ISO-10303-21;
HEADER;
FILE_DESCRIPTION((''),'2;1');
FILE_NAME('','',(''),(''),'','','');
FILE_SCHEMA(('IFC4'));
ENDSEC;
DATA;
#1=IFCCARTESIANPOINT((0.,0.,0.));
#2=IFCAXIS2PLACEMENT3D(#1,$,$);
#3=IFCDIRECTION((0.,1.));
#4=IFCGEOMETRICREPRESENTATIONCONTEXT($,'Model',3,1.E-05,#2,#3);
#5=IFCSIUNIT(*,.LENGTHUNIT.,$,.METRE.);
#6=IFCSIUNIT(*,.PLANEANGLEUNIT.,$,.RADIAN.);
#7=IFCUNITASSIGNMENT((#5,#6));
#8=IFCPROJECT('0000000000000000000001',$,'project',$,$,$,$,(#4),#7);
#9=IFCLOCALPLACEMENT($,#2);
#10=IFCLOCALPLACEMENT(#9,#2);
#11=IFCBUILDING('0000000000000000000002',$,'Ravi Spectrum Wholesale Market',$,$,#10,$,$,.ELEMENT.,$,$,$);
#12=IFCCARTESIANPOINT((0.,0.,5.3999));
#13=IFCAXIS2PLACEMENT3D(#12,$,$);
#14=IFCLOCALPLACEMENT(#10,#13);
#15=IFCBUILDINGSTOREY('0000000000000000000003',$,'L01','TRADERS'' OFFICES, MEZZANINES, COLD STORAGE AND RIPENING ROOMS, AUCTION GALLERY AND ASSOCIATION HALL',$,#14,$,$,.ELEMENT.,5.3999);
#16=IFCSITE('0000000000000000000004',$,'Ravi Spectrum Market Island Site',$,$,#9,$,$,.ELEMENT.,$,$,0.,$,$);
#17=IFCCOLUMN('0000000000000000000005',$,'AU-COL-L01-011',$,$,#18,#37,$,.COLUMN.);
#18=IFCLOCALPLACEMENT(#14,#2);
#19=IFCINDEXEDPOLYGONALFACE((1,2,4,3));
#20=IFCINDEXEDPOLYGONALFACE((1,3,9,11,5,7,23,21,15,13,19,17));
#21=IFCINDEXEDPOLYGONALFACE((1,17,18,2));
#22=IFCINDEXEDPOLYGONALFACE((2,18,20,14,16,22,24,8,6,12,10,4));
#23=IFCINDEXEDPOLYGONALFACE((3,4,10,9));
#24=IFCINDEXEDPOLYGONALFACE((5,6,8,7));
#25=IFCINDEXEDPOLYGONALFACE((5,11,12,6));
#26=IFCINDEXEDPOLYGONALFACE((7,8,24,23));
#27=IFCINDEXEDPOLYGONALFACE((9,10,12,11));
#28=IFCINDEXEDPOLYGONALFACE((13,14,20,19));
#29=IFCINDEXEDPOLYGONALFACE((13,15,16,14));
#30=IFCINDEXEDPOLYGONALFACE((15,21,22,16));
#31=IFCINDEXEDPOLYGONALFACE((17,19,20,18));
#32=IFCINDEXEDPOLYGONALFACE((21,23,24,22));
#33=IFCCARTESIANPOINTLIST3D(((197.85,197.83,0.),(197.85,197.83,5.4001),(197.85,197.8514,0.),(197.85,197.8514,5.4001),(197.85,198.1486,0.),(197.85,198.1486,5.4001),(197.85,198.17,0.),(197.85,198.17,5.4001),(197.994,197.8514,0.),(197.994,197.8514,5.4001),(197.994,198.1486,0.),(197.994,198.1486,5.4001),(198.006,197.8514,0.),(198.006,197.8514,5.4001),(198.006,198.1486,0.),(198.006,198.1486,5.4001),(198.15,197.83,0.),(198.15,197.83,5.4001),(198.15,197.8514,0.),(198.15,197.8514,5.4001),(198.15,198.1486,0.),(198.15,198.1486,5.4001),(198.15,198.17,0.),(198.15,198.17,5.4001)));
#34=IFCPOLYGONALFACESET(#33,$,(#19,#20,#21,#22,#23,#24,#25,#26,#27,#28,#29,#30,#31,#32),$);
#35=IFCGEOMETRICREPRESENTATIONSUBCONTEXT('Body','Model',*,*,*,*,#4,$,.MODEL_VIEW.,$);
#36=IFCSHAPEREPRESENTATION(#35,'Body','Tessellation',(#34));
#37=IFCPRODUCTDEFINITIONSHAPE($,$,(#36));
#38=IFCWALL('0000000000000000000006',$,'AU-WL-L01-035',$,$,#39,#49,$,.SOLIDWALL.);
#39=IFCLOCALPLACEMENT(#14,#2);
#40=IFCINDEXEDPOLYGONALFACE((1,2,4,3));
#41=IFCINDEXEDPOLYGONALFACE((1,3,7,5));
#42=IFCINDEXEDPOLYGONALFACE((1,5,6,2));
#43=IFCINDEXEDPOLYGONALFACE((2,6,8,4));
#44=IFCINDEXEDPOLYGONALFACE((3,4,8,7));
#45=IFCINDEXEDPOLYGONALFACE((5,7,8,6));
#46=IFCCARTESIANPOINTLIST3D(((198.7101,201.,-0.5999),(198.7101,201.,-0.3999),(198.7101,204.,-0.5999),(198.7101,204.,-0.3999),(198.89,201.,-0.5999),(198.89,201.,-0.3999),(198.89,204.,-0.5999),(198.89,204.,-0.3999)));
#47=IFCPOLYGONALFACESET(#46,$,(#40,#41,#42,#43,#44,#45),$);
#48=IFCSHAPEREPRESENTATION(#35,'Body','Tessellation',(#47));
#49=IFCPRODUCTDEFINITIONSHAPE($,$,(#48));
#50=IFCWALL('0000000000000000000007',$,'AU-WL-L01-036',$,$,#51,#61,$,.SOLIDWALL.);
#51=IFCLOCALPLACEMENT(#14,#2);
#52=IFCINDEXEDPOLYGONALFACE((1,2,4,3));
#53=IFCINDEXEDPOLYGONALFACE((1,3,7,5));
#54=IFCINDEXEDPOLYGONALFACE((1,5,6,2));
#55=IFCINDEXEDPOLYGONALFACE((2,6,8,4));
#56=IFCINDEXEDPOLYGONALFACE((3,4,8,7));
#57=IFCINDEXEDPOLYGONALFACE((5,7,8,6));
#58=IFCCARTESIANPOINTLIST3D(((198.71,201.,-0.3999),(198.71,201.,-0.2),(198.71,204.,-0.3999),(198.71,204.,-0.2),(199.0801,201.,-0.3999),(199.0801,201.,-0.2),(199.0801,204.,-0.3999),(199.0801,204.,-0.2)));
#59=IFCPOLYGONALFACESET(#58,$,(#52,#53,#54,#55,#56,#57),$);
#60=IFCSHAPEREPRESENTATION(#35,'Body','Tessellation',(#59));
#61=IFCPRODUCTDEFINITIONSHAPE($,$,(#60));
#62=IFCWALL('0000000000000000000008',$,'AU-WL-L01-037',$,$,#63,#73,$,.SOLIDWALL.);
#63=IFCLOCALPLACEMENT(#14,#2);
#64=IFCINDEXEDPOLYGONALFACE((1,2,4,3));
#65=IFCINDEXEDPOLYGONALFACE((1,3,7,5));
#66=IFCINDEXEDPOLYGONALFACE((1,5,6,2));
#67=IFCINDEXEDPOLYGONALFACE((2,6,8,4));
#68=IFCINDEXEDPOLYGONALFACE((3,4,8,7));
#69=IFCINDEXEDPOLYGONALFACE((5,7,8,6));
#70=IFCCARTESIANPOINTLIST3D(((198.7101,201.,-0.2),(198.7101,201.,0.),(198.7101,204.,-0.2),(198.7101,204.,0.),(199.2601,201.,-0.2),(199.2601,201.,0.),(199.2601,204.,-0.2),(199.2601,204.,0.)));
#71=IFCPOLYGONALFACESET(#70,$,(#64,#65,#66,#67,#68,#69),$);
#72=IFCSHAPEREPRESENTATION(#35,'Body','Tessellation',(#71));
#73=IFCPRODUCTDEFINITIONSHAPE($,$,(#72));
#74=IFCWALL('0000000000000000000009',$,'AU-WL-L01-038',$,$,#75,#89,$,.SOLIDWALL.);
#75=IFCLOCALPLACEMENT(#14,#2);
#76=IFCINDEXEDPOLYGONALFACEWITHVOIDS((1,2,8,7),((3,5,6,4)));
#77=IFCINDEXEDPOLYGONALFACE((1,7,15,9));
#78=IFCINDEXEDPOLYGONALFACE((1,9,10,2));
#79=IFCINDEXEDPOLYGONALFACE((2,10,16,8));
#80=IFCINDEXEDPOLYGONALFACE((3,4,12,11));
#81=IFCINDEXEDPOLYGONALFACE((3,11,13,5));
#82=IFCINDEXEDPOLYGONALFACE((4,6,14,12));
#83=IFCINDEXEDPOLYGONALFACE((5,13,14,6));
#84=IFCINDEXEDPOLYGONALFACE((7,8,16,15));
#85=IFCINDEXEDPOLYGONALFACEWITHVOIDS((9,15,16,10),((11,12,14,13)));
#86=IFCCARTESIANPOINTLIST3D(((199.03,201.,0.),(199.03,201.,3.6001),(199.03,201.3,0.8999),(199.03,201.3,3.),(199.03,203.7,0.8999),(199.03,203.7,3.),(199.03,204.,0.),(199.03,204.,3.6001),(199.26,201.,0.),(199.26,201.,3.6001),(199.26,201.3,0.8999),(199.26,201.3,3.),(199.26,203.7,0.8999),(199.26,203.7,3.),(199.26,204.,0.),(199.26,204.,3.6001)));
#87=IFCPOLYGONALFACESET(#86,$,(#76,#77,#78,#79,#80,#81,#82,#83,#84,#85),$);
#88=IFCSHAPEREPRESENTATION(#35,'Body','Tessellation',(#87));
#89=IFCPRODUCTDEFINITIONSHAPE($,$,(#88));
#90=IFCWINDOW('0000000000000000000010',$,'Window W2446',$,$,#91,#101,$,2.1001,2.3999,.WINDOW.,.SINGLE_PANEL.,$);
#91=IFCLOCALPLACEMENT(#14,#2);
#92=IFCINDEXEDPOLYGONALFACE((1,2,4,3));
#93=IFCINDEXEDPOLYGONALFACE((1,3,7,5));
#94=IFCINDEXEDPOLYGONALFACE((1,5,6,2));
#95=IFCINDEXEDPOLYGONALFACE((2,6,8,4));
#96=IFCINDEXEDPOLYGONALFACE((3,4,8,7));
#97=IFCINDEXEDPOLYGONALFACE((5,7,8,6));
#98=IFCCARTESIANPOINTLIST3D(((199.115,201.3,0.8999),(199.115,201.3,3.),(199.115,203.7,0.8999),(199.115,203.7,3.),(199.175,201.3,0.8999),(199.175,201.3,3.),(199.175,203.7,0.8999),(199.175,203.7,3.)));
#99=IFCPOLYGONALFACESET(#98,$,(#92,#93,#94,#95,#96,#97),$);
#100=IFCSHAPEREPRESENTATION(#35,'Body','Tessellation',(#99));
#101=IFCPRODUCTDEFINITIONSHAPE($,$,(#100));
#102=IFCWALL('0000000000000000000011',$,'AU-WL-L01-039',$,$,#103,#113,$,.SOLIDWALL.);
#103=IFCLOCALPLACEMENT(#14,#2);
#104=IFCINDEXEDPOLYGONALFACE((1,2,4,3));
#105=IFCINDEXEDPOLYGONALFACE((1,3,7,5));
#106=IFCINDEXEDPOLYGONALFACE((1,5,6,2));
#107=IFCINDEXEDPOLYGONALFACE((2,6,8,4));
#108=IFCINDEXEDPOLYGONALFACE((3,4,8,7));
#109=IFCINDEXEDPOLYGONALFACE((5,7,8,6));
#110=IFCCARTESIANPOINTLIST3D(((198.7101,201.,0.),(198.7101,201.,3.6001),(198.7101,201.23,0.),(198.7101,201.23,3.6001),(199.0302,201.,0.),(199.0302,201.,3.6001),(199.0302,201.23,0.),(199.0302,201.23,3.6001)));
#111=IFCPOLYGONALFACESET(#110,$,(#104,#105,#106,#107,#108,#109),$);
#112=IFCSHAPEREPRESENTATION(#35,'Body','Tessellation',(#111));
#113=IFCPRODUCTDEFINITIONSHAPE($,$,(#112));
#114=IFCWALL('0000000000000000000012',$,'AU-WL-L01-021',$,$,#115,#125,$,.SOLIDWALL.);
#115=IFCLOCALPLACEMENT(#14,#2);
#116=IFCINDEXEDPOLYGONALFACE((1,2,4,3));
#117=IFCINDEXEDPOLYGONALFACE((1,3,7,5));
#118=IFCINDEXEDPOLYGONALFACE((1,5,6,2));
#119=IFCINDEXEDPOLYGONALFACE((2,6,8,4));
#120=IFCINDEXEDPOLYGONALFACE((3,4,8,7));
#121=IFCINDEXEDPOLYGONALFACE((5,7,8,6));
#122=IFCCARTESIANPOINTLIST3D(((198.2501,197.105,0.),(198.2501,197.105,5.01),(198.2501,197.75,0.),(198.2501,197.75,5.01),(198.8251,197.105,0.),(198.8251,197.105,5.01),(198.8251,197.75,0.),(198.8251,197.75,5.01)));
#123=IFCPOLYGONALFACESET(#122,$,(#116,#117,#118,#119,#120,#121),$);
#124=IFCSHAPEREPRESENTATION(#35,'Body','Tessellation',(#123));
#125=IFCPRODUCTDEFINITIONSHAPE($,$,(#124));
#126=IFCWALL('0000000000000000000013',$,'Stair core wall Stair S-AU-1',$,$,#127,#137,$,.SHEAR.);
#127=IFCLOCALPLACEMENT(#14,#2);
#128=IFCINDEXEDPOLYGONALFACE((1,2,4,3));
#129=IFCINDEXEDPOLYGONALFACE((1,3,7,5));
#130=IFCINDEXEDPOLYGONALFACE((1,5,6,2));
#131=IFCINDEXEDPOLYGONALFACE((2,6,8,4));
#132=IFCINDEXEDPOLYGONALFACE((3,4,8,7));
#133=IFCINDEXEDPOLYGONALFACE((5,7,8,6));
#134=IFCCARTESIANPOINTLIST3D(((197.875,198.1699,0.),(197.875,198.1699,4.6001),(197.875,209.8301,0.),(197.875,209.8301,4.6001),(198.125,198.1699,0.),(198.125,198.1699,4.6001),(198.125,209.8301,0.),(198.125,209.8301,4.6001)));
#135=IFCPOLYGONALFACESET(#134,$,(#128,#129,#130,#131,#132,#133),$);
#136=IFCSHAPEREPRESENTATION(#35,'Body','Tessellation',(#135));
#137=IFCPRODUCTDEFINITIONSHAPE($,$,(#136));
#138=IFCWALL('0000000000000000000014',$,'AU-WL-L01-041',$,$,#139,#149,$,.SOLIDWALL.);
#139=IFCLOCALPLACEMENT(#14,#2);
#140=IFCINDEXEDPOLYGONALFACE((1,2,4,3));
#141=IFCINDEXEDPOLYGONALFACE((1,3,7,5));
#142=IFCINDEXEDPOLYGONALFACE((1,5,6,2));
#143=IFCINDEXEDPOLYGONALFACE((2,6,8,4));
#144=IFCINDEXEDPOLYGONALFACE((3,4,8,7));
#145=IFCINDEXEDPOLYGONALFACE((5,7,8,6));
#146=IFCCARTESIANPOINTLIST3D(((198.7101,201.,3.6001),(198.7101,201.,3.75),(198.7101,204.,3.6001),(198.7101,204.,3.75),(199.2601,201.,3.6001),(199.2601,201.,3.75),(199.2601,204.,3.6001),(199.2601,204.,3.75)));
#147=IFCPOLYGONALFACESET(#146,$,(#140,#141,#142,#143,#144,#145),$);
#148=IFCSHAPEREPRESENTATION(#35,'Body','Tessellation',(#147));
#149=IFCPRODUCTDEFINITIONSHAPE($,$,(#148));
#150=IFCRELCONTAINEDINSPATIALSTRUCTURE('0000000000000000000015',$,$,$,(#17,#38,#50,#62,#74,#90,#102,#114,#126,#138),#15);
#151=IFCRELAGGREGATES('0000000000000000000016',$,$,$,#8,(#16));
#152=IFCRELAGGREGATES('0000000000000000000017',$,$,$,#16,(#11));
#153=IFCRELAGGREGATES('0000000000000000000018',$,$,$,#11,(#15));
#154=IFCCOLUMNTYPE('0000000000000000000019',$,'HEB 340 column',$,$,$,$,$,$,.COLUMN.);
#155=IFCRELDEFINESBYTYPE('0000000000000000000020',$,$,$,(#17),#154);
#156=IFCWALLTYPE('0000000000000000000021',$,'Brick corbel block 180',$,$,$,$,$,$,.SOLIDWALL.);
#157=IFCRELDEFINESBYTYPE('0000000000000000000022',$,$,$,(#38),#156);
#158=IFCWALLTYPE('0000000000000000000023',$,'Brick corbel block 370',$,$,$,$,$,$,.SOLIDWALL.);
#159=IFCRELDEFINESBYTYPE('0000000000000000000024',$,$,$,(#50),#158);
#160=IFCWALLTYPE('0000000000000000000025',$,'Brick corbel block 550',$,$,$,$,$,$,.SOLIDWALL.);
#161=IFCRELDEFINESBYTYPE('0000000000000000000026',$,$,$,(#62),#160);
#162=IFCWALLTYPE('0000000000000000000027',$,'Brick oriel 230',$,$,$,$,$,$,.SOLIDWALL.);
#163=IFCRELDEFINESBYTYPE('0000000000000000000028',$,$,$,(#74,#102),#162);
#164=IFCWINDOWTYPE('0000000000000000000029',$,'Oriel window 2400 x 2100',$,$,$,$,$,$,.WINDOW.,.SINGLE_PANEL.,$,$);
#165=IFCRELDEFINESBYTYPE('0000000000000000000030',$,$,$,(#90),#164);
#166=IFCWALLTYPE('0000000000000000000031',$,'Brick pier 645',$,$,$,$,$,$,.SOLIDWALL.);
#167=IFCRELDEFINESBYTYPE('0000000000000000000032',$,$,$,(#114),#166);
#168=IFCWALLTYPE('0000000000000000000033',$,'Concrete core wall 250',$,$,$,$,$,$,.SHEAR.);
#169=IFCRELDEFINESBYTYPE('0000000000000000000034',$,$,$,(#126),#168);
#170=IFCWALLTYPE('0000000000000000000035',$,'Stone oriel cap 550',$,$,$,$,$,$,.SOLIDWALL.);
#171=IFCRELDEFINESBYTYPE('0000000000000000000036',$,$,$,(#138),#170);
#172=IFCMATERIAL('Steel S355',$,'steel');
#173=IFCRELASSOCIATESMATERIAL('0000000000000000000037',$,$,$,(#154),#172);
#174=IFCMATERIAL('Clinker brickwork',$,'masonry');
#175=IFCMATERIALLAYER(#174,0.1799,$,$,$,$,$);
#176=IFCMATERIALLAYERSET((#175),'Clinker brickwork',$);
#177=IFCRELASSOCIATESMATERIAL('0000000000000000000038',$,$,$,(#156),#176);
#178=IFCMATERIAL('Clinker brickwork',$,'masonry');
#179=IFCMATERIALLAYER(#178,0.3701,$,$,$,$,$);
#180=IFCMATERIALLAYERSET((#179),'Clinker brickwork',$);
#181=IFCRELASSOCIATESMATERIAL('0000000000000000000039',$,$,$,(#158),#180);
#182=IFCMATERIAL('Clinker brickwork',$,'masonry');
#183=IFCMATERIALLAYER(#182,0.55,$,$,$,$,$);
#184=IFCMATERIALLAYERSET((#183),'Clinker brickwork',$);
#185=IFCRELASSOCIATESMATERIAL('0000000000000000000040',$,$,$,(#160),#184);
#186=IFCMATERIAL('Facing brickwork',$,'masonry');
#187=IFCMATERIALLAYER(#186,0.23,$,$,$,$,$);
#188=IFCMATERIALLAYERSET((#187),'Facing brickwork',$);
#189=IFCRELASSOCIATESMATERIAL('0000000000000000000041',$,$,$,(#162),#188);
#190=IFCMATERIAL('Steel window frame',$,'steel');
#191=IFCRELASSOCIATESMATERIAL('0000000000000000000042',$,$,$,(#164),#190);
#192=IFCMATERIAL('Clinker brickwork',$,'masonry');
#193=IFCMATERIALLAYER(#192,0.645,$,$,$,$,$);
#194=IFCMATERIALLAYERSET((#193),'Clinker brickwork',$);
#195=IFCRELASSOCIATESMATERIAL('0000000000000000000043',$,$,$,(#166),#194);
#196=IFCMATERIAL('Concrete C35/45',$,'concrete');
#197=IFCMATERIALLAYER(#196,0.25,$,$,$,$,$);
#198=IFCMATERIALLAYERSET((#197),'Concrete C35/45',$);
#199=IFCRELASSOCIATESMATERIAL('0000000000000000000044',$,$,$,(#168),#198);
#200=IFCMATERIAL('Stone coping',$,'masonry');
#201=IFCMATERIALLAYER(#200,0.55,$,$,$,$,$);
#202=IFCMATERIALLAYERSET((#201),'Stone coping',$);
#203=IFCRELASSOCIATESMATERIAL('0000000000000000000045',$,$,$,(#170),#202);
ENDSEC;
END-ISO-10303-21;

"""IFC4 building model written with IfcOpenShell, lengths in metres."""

from ifc_helpers import new_model, si_unit, direction, frame, frame_2d, origin, origin_2d, place, context, subcontext, project, spatial, rectangle, i_section, extrude, material, layer, layer_set, material_profile, profile_set, type_object, element, fill, save


model = new_model("IFC4")

# Units and contexts
model_context = context("Model", 3, precision=1e-05, world=origin(), true_north=direction((0.0, 1.0)))
body_context = subcontext(model_context, "Body", "Model", "MODEL_VIEW")
ifc_project = project(units=[si_unit("LENGTHUNIT", "METRE"), si_unit("PLANEANGLEUNIT", "RADIAN")], contexts=[model_context])

# Site, building, storey
site_placement = place(None, origin())
site = spatial("IfcSite", under=ifc_project, at=site_placement, Name="Ravi Spectrum Market Island Site", CompositionType="ELEMENT", RefElevation=0.0)
building_placement = place(site_placement, origin())
building = spatial("IfcBuilding", under=site, at=building_placement, Name="Ravi Spectrum Wholesale Market", CompositionType="ELEMENT")
storey_placement = place(building_placement, frame((0.0, 0.0, 5.3999)))
storey = spatial("IfcBuildingStorey", under=building, at=storey_placement, Name="L01", Description="TRADERS' OFFICES, MEZZANINES, COLD STORAGE AND RIPENING ROOMS, AUCTION GALLERY AND ASSOCIATION HALL", CompositionType="ELEMENT", Elevation=5.3999)

# Column
ifc_material_1 = material(Name="Steel S355", Category="steel")
ifc_material_profile = material_profile(ifc_material_1, i_section(OverallWidth=0.3, OverallDepth=0.3401, WebThickness=0.012, FlangeThickness=0.0215, at=origin_2d()))
ifc_profile_set = profile_set([ifc_material_profile], Name="Steel S355")
column_type = type_object("IfcColumnType", Name="HEB 340 column", PredefinedType="COLUMN", material=ifc_profile_set)
column_placement = place(storey_placement, frame((198.0, 198.0, 0.0), z_axis=(0.0, 0.0, 1.0), x_axis=(1.0, 0.0, 0.0)))
element("IfcColumn", 1, at=column_placement, inside=storey, type_object=column_type, Name="AU-COL-L01-011", PredefinedType="COLUMN", context=body_context, shape_type="SweptSolid", body=[
    extrude(i_section(OverallWidth=0.3, OverallDepth=0.3401, WebThickness=0.012, FlangeThickness=0.0215, at=origin_2d()), origin(), (0.0, 0.0, 1.0), 5.4001),
])

# Walls
ifc_material_2 = material(Name="Clinker brickwork", Category="masonry")
ifc_layer_1 = layer(ifc_material_2, 0.1799)
ifc_layer_set_1 = layer_set([ifc_layer_1], Name="Clinker brickwork")
wall_type_1 = type_object("IfcWallType", Name="Brick corbel block 180", PredefinedType="SOLIDWALL", material=ifc_layer_set_1)
wall_1_placement = place(storey_placement, frame((198.8, 201.0, -0.5999), z_axis=(0.0, 0.0, 1.0), x_axis=(0.0, 1.0, 0.0)))
element("IfcWall", 2, at=wall_1_placement, inside=storey, type_object=wall_type_1, Name="AU-WL-L01-035", PredefinedType="SOLIDWALL", context=body_context, shape_type="SweptSolid", body=[
    extrude(rectangle(XDim=3.0, YDim=0.1799, at=frame_2d((1.5, 0.0))), origin(), (0.0, 0.0, 1.0), 0.2),
])
ifc_material_3 = material(Name="Clinker brickwork", Category="masonry")
ifc_layer_2 = layer(ifc_material_3, 0.3701)
ifc_layer_set_2 = layer_set([ifc_layer_2], Name="Clinker brickwork")
wall_type_2 = type_object("IfcWallType", Name="Brick corbel block 370", PredefinedType="SOLIDWALL", material=ifc_layer_set_2)
wall_2_placement = place(storey_placement, frame((198.895, 201.0, -0.3999), z_axis=(0.0, 0.0, 1.0), x_axis=(0.0, 1.0, 0.0)))
element("IfcWall", 3, at=wall_2_placement, inside=storey, type_object=wall_type_2, Name="AU-WL-L01-036", PredefinedType="SOLIDWALL", context=body_context, shape_type="SweptSolid", body=[
    extrude(rectangle(XDim=3.0, YDim=0.3701, at=frame_2d((1.5, 0.0))), origin(), (0.0, 0.0, 1.0), 0.2),
])
ifc_material_4 = material(Name="Clinker brickwork", Category="masonry")
ifc_layer_3 = layer(ifc_material_4, 0.55)
ifc_layer_set_3 = layer_set([ifc_layer_3], Name="Clinker brickwork")
wall_type_3 = type_object("IfcWallType", Name="Brick corbel block 550", PredefinedType="SOLIDWALL", material=ifc_layer_set_3)
wall_3_placement = place(storey_placement, frame((198.9851, 201.0, -0.2), z_axis=(0.0, 0.0, 1.0), x_axis=(0.0, 1.0, 0.0)))
element("IfcWall", 4, at=wall_3_placement, inside=storey, type_object=wall_type_3, Name="AU-WL-L01-037", PredefinedType="SOLIDWALL", context=body_context, shape_type="SweptSolid", body=[
    extrude(rectangle(XDim=3.0, YDim=0.55, at=frame_2d((1.5, 0.0))), origin(), (0.0, 0.0, 1.0), 0.2),
])

# Wall, opening, window
ifc_material_5 = material(Name="Facing brickwork", Category="masonry")
ifc_layer_4 = layer(ifc_material_5, 0.23)
ifc_layer_set_4 = layer_set([ifc_layer_4], Name="Facing brickwork")
wall_type_4 = type_object("IfcWallType", Name="Brick oriel 230", PredefinedType="SOLIDWALL", material=ifc_layer_set_4)
wall_4_placement = place(storey_placement, frame((199.145, 201.0, 0.0), z_axis=(0.0, 0.0, 1.0), x_axis=(0.0, 1.0, 0.0)))
wall_4 = element("IfcWall", 5, at=wall_4_placement, inside=storey, type_object=wall_type_4, Name="AU-WL-L01-038", PredefinedType="SOLIDWALL", context=body_context, shape_type="SweptSolid", body=[
    extrude(rectangle(XDim=3.0, YDim=0.23, at=frame_2d((1.5, 0.0))), origin(), (0.0, 0.0, 1.0), 3.6001),
])
opening_1_placement = place(wall_4_placement, frame((0.3, 0.0, 0.8999)))
opening_1 = element("IfcOpeningElement", 6, at=opening_1_placement, cuts=wall_4, PredefinedType="OPENING", context=body_context, shape_type="SweptSolid", body=[
    extrude(rectangle(XDim=2.3999, YDim=2.1001, at=frame_2d((1.2, 1.05))), frame((0.0, 0.125, 0.0), z_axis=(0.0, -1.0, 0.0), x_axis=(1.0, 0.0, 0.0)), (0.0, 0.0, 1.0), 0.25),
])
ifc_material_6 = material(Name="Steel window frame", Category="steel")
window_type_1 = type_object("IfcWindowType", Name="Oriel window 2400 x 2100", PartitioningType="SINGLE_PANEL", PredefinedType="WINDOW", material=ifc_material_6)
window_1_placement = place(opening_1_placement, origin())
window_1 = element("IfcWindow", 7, at=window_1_placement, inside=storey, type_object=window_type_1, Name="Window W2446", OverallHeight=2.1001, OverallWidth=2.3999, PartitioningType="SINGLE_PANEL", PredefinedType="WINDOW", context=body_context, shape_type="SweptSolid", body=[
    extrude(rectangle(XDim=2.3999, YDim=2.1001, at=frame_2d((1.2, 1.05))), frame((0.0, 0.03, 0.0), z_axis=(0.0, -1.0, 0.0), x_axis=(1.0, 0.0, 0.0)), (0.0, 0.0, 1.0), 0.0601),
])
fill(opening_1, window_1)

# Walls
wall_5_placement = place(storey_placement, frame((198.71, 201.115, 0.0), z_axis=(0.0, 0.0, 1.0), x_axis=(1.0, 0.0, 0.0)))
element("IfcWall", 8, at=wall_5_placement, inside=storey, type_object=wall_type_4, Name="AU-WL-L01-039", PredefinedType="SOLIDWALL", context=body_context, shape_type="SweptSolid", body=[
    extrude(rectangle(XDim=0.3201, YDim=0.23, at=frame_2d((0.1602, 0.0))), origin(), (0.0, 0.0, 1.0), 3.6001),
])
ifc_material_7 = material(Name="Clinker brickwork", Category="masonry")
ifc_layer_5 = layer(ifc_material_7, 0.645)
ifc_layer_set_5 = layer_set([ifc_layer_5], Name="Clinker brickwork")
wall_type_5 = type_object("IfcWallType", Name="Brick pier 645", PredefinedType="SOLIDWALL", material=ifc_layer_set_5)
wall_6_placement = place(storey_placement, frame((198.25, 197.4275, 0.0), z_axis=(0.0, 0.0, 1.0), x_axis=(1.0, 0.0, 0.0)))
element("IfcWall", 9, at=wall_6_placement, inside=storey, type_object=wall_type_5, Name="AU-WL-L01-021", PredefinedType="SOLIDWALL", context=body_context, shape_type="SweptSolid", body=[
    extrude(rectangle(XDim=0.575, YDim=0.645, at=frame_2d((0.2876, 0.0))), origin(), (0.0, 0.0, 1.0), 5.01),
])
ifc_material_8 = material(Name="Concrete C35/45", Category="concrete")
ifc_layer_6 = layer(ifc_material_8, 0.25)
ifc_layer_set_6 = layer_set([ifc_layer_6], Name="Concrete C35/45")
wall_type_6 = type_object("IfcWallType", Name="Concrete core wall 250", PredefinedType="SHEAR", material=ifc_layer_set_6)
wall_7_placement = place(storey_placement, frame((198.0, 198.1699, 0.0), z_axis=(0.0, 0.0, 1.0), x_axis=(0.0, 1.0, 0.0)))
element("IfcWall", 10, at=wall_7_placement, inside=storey, type_object=wall_type_6, Name="Stair core wall Stair S-AU-1", PredefinedType="SHEAR", context=body_context, shape_type="SweptSolid", body=[
    extrude(rectangle(XDim=11.6602, YDim=0.25, at=frame_2d((5.8301, 0.0))), origin(), (0.0, 0.0, 1.0), 4.6001),
])
ifc_material_9 = material(Name="Stone coping", Category="masonry")
ifc_layer_7 = layer(ifc_material_9, 0.55)
ifc_layer_set_7 = layer_set([ifc_layer_7], Name="Stone coping")
wall_type_7 = type_object("IfcWallType", Name="Stone oriel cap 550", PredefinedType="SOLIDWALL", material=ifc_layer_set_7)
wall_8_placement = place(storey_placement, frame((198.9851, 201.0, 3.6001), z_axis=(0.0, 0.0, 1.0), x_axis=(0.0, 1.0, 0.0)))
element("IfcWall", 11, at=wall_8_placement, inside=storey, type_object=wall_type_7, Name="AU-WL-L01-041", PredefinedType="SOLIDWALL", context=body_context, shape_type="SweptSolid", body=[
    extrude(rectangle(XDim=3.0, YDim=0.55, at=frame_2d((1.5, 0.0))), origin(), (0.0, 0.0, 1.0), 0.1499),
])

save(model, "model.ifc")
